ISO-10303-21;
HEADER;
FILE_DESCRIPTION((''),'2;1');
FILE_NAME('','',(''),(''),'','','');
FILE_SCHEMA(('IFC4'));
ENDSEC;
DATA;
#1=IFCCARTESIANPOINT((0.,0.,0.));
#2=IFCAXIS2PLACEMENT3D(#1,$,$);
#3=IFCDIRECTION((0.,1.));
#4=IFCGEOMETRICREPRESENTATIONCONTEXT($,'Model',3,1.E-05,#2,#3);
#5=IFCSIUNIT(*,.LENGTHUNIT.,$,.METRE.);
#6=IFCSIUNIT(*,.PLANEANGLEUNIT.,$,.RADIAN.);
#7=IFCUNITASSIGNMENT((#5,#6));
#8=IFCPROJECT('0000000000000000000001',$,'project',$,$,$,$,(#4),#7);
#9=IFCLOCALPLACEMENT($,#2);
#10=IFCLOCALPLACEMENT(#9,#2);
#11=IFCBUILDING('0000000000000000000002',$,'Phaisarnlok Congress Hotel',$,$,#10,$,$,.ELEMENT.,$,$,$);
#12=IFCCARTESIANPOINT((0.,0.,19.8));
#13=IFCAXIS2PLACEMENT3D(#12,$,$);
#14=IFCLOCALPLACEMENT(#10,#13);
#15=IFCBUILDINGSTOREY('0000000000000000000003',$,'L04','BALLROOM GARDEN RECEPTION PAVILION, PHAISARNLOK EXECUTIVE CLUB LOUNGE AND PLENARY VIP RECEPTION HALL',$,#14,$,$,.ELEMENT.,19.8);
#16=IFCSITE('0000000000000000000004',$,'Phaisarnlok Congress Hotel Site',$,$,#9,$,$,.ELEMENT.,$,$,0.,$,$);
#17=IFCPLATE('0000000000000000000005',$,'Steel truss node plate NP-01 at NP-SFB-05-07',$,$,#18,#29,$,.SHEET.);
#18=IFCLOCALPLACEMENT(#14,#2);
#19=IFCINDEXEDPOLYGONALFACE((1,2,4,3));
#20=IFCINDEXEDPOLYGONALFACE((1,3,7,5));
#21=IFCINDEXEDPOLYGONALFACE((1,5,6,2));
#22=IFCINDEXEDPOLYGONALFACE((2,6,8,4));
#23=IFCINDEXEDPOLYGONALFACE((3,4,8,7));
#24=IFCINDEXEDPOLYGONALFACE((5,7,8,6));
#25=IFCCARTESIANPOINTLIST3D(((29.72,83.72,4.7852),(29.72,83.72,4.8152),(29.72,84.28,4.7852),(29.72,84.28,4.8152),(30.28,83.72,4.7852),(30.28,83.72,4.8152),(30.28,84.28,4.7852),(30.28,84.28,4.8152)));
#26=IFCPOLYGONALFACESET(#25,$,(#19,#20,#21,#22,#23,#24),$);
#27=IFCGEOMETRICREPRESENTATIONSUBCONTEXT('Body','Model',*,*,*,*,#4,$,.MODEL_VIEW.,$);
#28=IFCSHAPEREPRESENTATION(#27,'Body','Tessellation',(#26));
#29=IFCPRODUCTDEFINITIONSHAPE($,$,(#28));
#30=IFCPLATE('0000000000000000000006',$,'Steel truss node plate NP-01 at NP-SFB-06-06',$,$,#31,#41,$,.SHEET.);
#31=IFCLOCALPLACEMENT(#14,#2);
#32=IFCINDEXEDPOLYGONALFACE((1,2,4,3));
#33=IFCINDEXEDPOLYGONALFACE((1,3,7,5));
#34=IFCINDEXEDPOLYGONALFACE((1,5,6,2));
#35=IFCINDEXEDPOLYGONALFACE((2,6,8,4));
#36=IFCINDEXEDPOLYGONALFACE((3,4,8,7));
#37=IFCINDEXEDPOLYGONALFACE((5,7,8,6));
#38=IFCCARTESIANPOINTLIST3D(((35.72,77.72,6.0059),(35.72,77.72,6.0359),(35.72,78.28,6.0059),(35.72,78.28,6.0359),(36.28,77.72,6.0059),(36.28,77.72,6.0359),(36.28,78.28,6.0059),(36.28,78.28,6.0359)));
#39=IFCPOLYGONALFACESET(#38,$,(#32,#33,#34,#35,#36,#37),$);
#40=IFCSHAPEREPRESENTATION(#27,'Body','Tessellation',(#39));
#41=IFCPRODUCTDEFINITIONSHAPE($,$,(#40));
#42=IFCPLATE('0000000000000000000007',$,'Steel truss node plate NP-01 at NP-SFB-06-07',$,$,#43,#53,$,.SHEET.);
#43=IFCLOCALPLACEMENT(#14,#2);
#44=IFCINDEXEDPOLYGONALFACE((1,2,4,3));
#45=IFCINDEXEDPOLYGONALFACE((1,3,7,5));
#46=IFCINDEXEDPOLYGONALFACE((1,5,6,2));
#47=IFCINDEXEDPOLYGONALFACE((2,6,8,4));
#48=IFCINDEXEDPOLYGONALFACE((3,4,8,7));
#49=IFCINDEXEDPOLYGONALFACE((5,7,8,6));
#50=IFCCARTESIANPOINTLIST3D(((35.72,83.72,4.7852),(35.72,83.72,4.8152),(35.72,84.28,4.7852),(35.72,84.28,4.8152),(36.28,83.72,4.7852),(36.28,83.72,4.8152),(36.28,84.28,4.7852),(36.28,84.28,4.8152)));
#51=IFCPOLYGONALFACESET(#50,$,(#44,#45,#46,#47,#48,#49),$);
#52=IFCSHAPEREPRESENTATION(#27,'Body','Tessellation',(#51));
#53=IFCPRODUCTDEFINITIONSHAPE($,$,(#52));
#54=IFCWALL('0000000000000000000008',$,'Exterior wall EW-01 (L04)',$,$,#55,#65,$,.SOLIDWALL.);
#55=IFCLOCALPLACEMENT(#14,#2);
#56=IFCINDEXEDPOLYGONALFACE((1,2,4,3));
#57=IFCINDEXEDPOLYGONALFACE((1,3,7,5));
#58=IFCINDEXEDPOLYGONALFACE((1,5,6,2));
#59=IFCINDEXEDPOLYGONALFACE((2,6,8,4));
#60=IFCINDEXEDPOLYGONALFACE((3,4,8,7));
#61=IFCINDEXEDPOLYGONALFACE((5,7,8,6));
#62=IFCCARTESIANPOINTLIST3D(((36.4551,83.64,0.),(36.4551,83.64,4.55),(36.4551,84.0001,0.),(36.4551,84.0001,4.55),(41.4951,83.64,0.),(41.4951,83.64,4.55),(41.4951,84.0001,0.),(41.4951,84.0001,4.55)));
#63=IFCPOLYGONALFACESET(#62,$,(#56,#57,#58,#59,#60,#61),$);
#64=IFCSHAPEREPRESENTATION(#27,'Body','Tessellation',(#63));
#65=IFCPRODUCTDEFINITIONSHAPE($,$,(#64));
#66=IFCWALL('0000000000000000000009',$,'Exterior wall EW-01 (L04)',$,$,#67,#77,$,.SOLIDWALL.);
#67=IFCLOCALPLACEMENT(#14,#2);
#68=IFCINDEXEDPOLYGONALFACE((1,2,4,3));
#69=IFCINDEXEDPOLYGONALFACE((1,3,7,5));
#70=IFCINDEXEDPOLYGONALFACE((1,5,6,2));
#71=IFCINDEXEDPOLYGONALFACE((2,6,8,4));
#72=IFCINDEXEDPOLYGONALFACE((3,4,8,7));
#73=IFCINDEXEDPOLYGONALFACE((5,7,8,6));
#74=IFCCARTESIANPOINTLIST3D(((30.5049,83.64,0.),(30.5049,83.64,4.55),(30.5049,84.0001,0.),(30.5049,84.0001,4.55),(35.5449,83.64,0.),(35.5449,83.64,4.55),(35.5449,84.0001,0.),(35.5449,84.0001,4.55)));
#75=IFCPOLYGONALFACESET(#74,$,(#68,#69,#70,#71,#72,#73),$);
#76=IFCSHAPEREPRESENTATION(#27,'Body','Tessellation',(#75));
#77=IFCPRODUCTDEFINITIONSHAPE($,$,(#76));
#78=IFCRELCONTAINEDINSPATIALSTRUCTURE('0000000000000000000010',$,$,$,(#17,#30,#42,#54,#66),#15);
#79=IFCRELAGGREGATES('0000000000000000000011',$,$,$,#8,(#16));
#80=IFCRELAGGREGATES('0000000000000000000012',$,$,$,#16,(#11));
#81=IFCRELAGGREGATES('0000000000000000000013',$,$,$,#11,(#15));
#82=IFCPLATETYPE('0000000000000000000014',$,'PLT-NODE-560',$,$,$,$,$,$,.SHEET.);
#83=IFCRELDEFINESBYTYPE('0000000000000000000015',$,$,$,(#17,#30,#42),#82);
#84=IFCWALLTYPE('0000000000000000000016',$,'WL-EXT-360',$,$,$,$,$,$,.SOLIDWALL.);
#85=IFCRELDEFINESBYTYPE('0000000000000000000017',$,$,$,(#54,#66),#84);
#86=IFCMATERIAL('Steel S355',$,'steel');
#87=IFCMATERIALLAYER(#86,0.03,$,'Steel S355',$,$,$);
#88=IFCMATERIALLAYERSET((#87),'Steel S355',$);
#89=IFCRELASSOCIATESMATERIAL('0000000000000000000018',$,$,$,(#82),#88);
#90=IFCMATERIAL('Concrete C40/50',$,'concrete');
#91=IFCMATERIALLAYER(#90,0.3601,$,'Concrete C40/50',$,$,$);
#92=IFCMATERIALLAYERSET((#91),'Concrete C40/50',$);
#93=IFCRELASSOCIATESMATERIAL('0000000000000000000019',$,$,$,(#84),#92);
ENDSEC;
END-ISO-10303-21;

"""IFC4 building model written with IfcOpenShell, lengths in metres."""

from ifc_helpers import new_model, si_unit, direction, frame, frame_2d, origin, origin_2d, place, context, subcontext, project, spatial, rectangle, extrude, material, layer, layer_set, type_object, element, save


model = new_model("IFC4")

# Units and contexts
model_context = context("Model", 3, precision=1e-05, world=origin(), true_north=direction((0.0, 1.0)))
body_context = subcontext(model_context, "Body", "Model", "MODEL_VIEW")
ifc_project = project(units=[si_unit("LENGTHUNIT", "METRE"), si_unit("PLANEANGLEUNIT", "RADIAN")], contexts=[model_context])

# Site, building, storey
site_placement = place(None, origin())
site = spatial("IfcSite", under=ifc_project, at=site_placement, Name="Phaisarnlok Congress Hotel Site", CompositionType="ELEMENT", RefElevation=0.0)
building_placement = place(site_placement, origin())
building = spatial("IfcBuilding", under=site, at=building_placement, Name="Phaisarnlok Congress Hotel", CompositionType="ELEMENT")
storey_placement = place(building_placement, frame((0.0, 0.0, 19.8)))
storey = spatial("IfcBuildingStorey", under=building, at=storey_placement, Name="L04", Description="BALLROOM GARDEN RECEPTION PAVILION, PHAISARNLOK EXECUTIVE CLUB LOUNGE AND PLENARY VIP RECEPTION HALL", CompositionType="ELEMENT", Elevation=19.8)

# Shared definitions
ifc_material_1 = material(Name="Steel S355", Category="steel")

# Plates
ifc_layer_1 = layer(ifc_material_1, 0.03, Name="Steel S355")
ifc_layer_set_1 = layer_set([ifc_layer_1], Name="Steel S355")
plate_type_1 = type_object("IfcPlateType", Name="PLT-NODE-560", PredefinedType="SHEET", material=ifc_layer_set_1)
for number, where, z_axis, x_axis, name in (
    (1, (30.0, 84.0, 4.7852), (0.0, 0.0, 1.0), (1.0, 0.0, 0.0), "Steel truss node plate NP-01 at NP-SFB-05-07"),
    (2, (36.0, 78.0, 6.0059), (0.0, 0.0, 1.0), (1.0, 0.0, 0.0), "Steel truss node plate NP-01 at NP-SFB-06-06"),
    (3, (36.0, 84.0, 4.7852), (0.0, 0.0, 1.0), (1.0, 0.0, 0.0), "Steel truss node plate NP-01 at NP-SFB-06-07"),
):
    element("IfcPlate", number, at=place(storey_placement, frame(where, z_axis=z_axis, x_axis=x_axis)), inside=storey, type_object=plate_type_1, Name=name, PredefinedType="SHEET", context=body_context, shape_type="SweptSolid", body=[
        extrude(rectangle(XDim=0.5601, YDim=0.5601, at=origin_2d()), origin(), (0.0, 0.0, 1.0), 0.03),
    ])

# Walls
ifc_material_2 = material(Name="Concrete C40/50", Category="concrete")
ifc_layer_2 = layer(ifc_material_2, 0.3601, Name="Concrete C40/50")
ifc_layer_set_2 = layer_set([ifc_layer_2], Name="Concrete C40/50")
wall_type = type_object("IfcWallType", Name="WL-EXT-360", PredefinedType="SOLIDWALL", material=ifc_layer_set_2)
for number, where, z_axis, x_axis, name in (
    (4, (41.4951, 83.8201, 0.0), (0.0, 0.0, 1.0), (-1.0, 0.0, 0.0), "Exterior wall EW-01 (L04)"),
    (5, (35.5449, 83.8201, 0.0), (0.0, 0.0, 1.0), (-1.0, 0.0, 0.0), "Exterior wall EW-01 (L04)"),
):
    element("IfcWall", number, at=place(storey_placement, frame(where, z_axis=z_axis, x_axis=x_axis)), inside=storey, type_object=wall_type, Name=name, PredefinedType="SOLIDWALL", context=body_context, shape_type="SweptSolid", body=[
        extrude(rectangle(XDim=5.04, YDim=0.3601, at=frame_2d((2.52, 0.0))), origin(), (0.0, 0.0, 1.0), 4.55),
    ])

save(model, "model.ifc")
